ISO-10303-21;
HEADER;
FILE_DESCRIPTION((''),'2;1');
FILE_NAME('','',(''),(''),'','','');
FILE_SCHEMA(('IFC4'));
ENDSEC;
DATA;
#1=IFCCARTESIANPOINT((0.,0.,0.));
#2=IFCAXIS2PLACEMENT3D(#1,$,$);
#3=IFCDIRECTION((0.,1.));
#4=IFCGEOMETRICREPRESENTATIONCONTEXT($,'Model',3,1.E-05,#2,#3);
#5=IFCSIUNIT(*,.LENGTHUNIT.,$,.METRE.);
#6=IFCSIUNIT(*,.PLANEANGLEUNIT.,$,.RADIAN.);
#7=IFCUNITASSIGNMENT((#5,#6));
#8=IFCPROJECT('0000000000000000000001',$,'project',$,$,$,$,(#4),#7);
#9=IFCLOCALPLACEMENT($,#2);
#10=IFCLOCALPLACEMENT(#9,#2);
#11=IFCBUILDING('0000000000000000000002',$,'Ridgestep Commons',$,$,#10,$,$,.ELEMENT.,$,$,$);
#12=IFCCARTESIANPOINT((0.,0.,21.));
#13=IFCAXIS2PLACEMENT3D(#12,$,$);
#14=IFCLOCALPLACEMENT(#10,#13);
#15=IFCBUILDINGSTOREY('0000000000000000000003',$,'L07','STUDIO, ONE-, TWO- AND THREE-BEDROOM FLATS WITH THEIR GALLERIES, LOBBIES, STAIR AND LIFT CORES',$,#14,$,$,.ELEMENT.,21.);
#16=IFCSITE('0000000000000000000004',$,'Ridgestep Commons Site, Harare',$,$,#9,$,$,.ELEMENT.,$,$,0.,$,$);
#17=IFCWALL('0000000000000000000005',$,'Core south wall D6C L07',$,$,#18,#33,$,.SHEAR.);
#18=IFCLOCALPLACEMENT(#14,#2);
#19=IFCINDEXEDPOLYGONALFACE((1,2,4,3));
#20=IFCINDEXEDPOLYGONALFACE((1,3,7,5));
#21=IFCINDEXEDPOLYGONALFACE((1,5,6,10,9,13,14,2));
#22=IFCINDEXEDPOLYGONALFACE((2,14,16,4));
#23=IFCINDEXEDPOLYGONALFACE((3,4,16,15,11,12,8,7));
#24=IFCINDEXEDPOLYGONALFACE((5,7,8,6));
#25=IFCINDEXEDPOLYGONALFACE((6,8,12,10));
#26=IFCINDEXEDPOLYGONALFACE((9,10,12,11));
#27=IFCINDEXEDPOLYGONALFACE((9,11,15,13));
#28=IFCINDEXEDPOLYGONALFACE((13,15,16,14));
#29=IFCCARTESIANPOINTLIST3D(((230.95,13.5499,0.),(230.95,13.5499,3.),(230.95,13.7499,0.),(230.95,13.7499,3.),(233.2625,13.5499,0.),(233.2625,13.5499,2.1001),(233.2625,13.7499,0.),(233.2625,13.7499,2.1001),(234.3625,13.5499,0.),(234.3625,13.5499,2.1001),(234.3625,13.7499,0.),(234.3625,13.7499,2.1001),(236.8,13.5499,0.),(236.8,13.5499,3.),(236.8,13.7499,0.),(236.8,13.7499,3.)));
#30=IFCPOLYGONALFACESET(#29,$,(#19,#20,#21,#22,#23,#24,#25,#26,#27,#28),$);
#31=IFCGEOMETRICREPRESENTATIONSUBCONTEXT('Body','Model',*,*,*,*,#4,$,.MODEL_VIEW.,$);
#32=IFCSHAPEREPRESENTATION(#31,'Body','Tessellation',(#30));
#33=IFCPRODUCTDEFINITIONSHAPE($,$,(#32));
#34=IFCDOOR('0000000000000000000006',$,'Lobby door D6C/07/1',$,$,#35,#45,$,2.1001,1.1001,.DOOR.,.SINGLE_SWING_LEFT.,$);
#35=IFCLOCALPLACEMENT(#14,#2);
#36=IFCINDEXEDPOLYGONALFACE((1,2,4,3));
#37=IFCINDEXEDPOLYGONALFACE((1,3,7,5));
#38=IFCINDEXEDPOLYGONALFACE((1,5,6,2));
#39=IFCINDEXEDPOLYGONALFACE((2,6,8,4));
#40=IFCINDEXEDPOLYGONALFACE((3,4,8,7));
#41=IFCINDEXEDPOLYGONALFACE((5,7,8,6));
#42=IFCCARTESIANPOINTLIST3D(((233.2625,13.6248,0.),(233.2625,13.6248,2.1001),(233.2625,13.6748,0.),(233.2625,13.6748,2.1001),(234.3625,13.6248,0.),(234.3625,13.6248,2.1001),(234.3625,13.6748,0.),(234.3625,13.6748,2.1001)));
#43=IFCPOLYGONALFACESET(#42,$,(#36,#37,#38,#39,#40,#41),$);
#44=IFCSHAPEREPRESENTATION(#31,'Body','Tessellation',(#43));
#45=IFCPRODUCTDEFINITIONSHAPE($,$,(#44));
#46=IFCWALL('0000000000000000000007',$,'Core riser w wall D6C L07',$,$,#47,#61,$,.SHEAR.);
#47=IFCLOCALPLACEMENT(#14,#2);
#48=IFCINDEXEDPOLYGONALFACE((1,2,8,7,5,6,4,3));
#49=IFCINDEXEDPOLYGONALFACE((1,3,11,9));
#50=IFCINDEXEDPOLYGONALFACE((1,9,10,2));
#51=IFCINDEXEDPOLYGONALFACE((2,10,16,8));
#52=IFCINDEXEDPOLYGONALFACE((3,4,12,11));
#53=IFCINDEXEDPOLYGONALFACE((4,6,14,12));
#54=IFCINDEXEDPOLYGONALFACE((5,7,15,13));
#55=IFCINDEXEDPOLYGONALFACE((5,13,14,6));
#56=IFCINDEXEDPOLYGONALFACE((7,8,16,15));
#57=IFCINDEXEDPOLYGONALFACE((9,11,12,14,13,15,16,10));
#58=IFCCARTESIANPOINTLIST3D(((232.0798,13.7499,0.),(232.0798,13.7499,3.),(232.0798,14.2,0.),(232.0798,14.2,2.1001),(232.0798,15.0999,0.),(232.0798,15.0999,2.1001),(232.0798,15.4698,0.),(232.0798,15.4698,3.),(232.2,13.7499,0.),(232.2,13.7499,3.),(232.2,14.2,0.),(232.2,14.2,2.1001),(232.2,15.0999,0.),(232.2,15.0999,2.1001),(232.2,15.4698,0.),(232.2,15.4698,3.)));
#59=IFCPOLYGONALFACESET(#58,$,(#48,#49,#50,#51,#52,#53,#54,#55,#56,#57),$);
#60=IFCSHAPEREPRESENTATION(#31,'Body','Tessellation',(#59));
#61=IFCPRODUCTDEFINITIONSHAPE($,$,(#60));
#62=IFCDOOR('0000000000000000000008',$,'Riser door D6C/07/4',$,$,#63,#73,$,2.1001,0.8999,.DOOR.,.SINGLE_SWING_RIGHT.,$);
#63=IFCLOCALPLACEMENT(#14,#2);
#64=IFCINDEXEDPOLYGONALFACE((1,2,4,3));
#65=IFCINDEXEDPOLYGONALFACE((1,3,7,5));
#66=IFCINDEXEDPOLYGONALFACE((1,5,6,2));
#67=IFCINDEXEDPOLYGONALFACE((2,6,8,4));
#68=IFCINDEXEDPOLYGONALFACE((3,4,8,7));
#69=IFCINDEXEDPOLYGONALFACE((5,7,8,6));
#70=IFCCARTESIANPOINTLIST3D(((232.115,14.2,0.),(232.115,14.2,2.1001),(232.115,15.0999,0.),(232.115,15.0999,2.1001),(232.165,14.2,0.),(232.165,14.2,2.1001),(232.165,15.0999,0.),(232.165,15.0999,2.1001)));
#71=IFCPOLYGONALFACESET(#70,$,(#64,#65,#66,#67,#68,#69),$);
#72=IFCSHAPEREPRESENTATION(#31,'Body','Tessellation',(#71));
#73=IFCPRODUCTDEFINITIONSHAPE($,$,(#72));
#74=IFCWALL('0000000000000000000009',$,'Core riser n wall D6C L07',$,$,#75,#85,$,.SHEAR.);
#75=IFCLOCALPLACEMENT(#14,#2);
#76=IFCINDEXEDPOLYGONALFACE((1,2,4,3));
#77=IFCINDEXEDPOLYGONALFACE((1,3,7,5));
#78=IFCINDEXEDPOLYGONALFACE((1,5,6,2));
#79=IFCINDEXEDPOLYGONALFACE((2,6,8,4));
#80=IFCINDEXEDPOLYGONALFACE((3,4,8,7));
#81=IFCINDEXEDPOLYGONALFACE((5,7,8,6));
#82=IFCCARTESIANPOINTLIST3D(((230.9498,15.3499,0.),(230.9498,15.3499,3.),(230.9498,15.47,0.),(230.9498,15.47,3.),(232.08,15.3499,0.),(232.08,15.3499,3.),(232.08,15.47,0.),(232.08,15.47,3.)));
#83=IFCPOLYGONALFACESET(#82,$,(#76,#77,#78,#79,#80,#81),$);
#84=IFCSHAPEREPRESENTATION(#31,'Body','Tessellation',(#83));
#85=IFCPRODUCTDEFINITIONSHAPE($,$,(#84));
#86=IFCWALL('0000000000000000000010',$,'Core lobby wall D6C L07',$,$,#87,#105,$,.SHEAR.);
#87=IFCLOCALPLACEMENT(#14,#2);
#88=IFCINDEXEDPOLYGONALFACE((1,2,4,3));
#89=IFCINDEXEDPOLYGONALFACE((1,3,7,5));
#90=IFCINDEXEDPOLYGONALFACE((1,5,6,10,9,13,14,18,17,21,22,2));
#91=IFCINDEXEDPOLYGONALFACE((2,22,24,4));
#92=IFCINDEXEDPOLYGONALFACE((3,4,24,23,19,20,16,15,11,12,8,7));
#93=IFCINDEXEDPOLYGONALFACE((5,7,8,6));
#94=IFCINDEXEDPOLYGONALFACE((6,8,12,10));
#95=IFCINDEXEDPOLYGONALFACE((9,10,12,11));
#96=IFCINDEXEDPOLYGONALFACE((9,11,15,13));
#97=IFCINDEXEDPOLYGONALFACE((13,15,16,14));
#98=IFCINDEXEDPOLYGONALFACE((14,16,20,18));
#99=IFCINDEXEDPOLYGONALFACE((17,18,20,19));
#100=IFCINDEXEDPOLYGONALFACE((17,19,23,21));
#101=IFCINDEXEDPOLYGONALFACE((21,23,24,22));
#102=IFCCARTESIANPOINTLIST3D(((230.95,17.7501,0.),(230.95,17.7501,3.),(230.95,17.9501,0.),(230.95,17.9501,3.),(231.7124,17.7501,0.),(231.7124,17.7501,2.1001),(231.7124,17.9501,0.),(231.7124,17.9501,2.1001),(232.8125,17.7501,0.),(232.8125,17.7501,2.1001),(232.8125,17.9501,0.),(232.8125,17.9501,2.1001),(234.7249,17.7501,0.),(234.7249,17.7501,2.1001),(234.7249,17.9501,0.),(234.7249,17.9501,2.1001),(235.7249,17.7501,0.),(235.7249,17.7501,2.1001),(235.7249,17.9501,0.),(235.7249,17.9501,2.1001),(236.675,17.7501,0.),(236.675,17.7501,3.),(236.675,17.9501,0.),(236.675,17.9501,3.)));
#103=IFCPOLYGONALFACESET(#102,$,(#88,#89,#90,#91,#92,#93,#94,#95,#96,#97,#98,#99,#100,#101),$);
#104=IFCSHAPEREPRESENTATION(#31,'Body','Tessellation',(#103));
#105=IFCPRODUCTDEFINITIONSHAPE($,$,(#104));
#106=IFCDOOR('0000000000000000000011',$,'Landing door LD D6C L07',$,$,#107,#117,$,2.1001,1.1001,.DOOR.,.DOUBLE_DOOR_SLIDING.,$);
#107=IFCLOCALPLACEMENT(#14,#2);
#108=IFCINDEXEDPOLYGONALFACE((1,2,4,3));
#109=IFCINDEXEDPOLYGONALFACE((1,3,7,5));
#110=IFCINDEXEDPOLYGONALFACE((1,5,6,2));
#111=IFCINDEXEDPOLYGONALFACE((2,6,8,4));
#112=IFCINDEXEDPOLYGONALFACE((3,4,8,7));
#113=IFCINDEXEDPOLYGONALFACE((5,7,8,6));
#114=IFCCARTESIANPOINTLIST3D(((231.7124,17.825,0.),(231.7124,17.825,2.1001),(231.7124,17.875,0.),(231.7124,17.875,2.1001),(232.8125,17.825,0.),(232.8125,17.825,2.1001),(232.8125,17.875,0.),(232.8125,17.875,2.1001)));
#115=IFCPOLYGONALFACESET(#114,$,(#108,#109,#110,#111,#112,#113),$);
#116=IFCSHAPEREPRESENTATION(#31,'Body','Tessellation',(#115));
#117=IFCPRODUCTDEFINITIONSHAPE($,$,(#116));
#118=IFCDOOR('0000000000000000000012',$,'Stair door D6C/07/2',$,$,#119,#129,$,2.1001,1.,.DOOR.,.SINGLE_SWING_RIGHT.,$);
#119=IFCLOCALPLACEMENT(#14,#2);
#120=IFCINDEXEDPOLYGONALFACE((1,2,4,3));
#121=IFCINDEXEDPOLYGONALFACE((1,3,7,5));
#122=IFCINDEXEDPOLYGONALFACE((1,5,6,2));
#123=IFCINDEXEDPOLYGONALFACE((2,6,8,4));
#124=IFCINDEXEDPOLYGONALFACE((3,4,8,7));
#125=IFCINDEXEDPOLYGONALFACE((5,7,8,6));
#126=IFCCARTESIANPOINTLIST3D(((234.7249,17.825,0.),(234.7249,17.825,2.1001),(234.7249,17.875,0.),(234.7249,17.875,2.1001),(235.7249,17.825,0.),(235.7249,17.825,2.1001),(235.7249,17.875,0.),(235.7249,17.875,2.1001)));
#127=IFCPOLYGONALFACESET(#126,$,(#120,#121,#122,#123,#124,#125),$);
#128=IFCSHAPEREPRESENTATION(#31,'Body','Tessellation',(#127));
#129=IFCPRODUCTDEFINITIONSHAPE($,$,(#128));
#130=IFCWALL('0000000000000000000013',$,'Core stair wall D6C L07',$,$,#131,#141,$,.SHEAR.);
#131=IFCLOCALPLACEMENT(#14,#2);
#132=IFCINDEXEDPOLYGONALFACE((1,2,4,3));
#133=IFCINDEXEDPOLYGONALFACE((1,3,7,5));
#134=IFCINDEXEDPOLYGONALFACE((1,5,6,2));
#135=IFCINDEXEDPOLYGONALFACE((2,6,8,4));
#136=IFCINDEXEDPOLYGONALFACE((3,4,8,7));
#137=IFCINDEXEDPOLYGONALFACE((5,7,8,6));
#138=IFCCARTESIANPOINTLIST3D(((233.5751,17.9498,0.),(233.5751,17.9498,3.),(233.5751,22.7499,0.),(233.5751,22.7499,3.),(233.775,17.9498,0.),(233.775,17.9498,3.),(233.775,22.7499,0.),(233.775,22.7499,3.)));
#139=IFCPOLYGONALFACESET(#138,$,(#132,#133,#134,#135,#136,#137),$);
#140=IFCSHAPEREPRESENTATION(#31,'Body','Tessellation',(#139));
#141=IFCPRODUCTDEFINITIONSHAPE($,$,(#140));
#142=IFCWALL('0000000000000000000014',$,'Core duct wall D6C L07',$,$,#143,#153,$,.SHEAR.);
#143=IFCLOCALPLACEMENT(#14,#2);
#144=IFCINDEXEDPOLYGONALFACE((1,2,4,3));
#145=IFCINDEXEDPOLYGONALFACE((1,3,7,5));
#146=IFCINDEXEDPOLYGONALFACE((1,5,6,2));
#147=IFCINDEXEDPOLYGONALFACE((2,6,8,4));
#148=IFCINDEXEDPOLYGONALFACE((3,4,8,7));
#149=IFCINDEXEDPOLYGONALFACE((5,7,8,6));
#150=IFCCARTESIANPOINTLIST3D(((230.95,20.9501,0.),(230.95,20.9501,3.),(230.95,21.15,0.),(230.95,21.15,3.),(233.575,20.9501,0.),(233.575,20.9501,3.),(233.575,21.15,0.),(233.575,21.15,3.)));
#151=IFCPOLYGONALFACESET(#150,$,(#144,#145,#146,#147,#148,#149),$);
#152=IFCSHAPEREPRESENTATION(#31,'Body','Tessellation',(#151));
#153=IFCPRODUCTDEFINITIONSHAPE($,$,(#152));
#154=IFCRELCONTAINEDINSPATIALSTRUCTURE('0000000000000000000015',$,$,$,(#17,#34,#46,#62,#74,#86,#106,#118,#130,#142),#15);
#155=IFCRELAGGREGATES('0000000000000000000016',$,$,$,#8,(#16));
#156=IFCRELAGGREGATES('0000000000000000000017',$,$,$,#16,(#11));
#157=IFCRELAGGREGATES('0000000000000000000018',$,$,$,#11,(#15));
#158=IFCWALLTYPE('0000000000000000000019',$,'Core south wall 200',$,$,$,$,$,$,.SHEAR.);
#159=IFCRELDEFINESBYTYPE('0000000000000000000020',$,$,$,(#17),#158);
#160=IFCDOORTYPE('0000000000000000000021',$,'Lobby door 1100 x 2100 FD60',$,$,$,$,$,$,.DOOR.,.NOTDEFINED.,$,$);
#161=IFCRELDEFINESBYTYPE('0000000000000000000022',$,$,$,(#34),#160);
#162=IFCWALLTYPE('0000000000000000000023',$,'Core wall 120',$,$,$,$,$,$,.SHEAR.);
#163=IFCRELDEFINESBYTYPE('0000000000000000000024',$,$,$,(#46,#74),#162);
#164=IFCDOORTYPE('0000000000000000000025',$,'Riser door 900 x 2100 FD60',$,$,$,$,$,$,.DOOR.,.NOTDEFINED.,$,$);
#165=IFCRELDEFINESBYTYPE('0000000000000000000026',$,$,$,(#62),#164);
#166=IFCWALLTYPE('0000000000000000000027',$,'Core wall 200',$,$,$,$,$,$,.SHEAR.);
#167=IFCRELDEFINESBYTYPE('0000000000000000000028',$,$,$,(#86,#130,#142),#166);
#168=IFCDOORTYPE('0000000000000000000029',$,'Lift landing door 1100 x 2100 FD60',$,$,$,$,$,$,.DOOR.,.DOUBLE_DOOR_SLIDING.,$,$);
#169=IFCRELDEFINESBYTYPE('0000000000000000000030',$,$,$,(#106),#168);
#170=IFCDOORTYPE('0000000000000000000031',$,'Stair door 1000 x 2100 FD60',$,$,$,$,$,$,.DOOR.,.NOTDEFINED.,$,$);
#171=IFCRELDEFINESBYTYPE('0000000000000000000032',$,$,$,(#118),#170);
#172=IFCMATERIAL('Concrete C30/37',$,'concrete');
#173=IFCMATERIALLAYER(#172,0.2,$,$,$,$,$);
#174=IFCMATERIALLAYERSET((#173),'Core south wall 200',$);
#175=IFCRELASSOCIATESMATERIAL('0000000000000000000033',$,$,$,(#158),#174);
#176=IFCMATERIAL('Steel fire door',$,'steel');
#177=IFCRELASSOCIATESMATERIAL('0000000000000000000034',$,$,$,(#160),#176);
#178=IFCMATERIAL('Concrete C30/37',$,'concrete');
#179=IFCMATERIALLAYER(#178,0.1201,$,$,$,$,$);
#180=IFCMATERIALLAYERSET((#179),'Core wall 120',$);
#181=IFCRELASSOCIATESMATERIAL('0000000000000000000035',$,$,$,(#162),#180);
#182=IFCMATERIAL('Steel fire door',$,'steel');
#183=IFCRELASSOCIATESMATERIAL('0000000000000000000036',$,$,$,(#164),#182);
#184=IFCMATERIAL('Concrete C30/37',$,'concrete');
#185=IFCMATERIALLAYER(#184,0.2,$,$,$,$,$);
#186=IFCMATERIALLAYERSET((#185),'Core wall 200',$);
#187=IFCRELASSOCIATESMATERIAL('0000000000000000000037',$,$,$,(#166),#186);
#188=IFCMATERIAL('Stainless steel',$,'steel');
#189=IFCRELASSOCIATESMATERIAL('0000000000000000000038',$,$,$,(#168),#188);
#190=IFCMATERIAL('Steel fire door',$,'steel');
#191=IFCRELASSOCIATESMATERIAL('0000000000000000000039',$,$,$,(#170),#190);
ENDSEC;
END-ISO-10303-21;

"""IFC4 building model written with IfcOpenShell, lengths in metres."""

from ifc_helpers import new_model, si_unit, direction, frame, frame_2d, origin, place, context, subcontext, project, spatial, rectangle, extrude, material, layer, layer_set, type_object, element, fill, save


model = new_model("IFC4")

# Units and contexts
model_context = context("Model", 3, precision=1e-05, world=origin(), true_north=direction((0.0, 1.0)))
body_context = subcontext(model_context, "Body", "Model", "MODEL_VIEW")
ifc_project = project(units=[si_unit("LENGTHUNIT", "METRE"), si_unit("PLANEANGLEUNIT", "RADIAN")], contexts=[model_context])

# Site, building, storey
site_placement = place(None, origin())
site = spatial("IfcSite", under=ifc_project, at=site_placement, Name="Ridgestep Commons Site, Harare", CompositionType="ELEMENT", RefElevation=0.0)
building_placement = place(site_placement, origin())
building = spatial("IfcBuilding", under=site, at=building_placement, Name="Ridgestep Commons", CompositionType="ELEMENT")
storey_placement = place(building_placement, frame((0.0, 0.0, 21.0)))
storey = spatial("IfcBuildingStorey", under=building, at=storey_placement, Name="L07", Description="STUDIO, ONE-, TWO- AND THREE-BEDROOM FLATS WITH THEIR GALLERIES, LOBBIES, STAIR AND LIFT CORES", CompositionType="ELEMENT", Elevation=21.0)

# Walls, openings, doors
ifc_material_1 = material(Name="Concrete C30/37", Category="concrete")
ifc_layer_1 = layer(ifc_material_1, 0.2)
ifc_layer_set_1 = layer_set([ifc_layer_1], Name="Core south wall 200")
wall_type_1 = type_object("IfcWallType", Name="Core south wall 200", PredefinedType="SHEAR", material=ifc_layer_set_1)
wall_1_placement = place(storey_placement, frame((230.95, 13.6499, 0.0), z_axis=(0.0, 0.0, 1.0), x_axis=(1.0, 0.0, 0.0)))
wall_1 = element("IfcWall", 1, at=wall_1_placement, inside=storey, type_object=wall_type_1, Name="Core south wall D6C L07", PredefinedType="SHEAR", context=body_context, shape_type="SweptSolid", body=[
    extrude(rectangle(XDim=5.8501, YDim=0.2, at=frame_2d((2.925, 0.0))), origin(), (0.0, 0.0, 1.0), 3.0),
])
opening_1_placement = place(wall_1_placement, frame((2.3125, 0.0, 0.0)))
opening_1 = element("IfcOpeningElement", 2, at=opening_1_placement, cuts=wall_1, PredefinedType="OPENING", context=body_context, shape_type="SweptSolid", body=[
    extrude(rectangle(XDim=1.1001, YDim=2.1001, at=frame_2d((0.55, 1.05))), frame((0.0, 0.1099, 0.0), z_axis=(0.0, -1.0, 0.0), x_axis=(1.0, 0.0, 0.0)), (0.0, 0.0, 1.0), 0.22),
])
ifc_material_2 = material(Name="Steel fire door", Category="steel")
door_type_1 = type_object("IfcDoorType", Name="Lobby door 1100 x 2100 FD60", OperationType="NOTDEFINED", PredefinedType="DOOR", material=ifc_material_2)
door_1_placement = place(opening_1_placement, origin())
door_1 = element("IfcDoor", 3, at=door_1_placement, inside=storey, type_object=door_type_1, Name="Lobby door D6C/07/1", OperationType="SINGLE_SWING_LEFT", OverallHeight=2.1001, OverallWidth=1.1001, PredefinedType="DOOR", context=body_context, shape_type="SweptSolid", body=[
    extrude(rectangle(XDim=1.1001, YDim=2.1001, at=frame_2d((0.55, 1.05))), frame((0.0, 0.0249, 0.0), z_axis=(0.0, -1.0, 0.0), x_axis=(1.0, 0.0, 0.0)), (0.0, 0.0, 1.0), 0.05),
])
fill(opening_1, door_1)
ifc_material_3 = material(Name="Concrete C30/37", Category="concrete")
ifc_layer_2 = layer(ifc_material_3, 0.1201)
ifc_layer_set_2 = layer_set([ifc_layer_2], Name="Core wall 120")
wall_type_2 = type_object("IfcWallType", Name="Core wall 120", PredefinedType="SHEAR", material=ifc_layer_set_2)
wall_2_placement = place(storey_placement, frame((232.1399, 13.75, 0.0), z_axis=(0.0, 0.0, 1.0), x_axis=(0.0, 1.0, 0.0)))
wall_2 = element("IfcWall", 4, at=wall_2_placement, inside=storey, type_object=wall_type_2, Name="Core riser w wall D6C L07", PredefinedType="SHEAR", context=body_context, shape_type="SweptSolid", body=[
    extrude(rectangle(XDim=1.72, YDim=0.1201, at=frame_2d((0.8599, 0.0))), origin(), (0.0, 0.0, 1.0), 3.0),
])
opening_2_placement = place(wall_2_placement, frame((0.45, 0.0, 0.0)))
opening_2 = element("IfcOpeningElement", 5, at=opening_2_placement, cuts=wall_2, PredefinedType="OPENING", context=body_context, shape_type="SweptSolid", body=[
    extrude(rectangle(XDim=0.8999, YDim=2.1001, at=frame_2d((0.45, 1.05))), frame((0.0, 0.0701, 0.0), z_axis=(0.0, -1.0, 0.0), x_axis=(1.0, 0.0, 0.0)), (0.0, 0.0, 1.0), 0.1401),
])
ifc_material_4 = material(Name="Steel fire door", Category="steel")
door_type_2 = type_object("IfcDoorType", Name="Riser door 900 x 2100 FD60", OperationType="NOTDEFINED", PredefinedType="DOOR", material=ifc_material_4)
door_2_placement = place(opening_2_placement, origin())
door_2 = element("IfcDoor", 6, at=door_2_placement, inside=storey, type_object=door_type_2, Name="Riser door D6C/07/4", OperationType="SINGLE_SWING_RIGHT", OverallHeight=2.1001, OverallWidth=0.8999, PredefinedType="DOOR", context=body_context, shape_type="SweptSolid", body=[
    extrude(rectangle(XDim=0.8999, YDim=2.1001, at=frame_2d((0.45, 1.05))), frame((0.0, 0.0249, 0.0), z_axis=(0.0, -1.0, 0.0), x_axis=(1.0, 0.0, 0.0)), (0.0, 0.0, 1.0), 0.05),
])
fill(opening_2, door_2)

# Wall
wall_3_placement = place(storey_placement, frame((230.95, 15.4099, 0.0), z_axis=(0.0, 0.0, 1.0), x_axis=(1.0, 0.0, 0.0)))
element("IfcWall", 7, at=wall_3_placement, inside=storey, type_object=wall_type_2, Name="Core riser n wall D6C L07", PredefinedType="SHEAR", context=body_context, shape_type="SweptSolid", body=[
    extrude(rectangle(XDim=1.1301, YDim=0.1201, at=frame_2d((0.5649, 0.0))), origin(), (0.0, 0.0, 1.0), 3.0),
])

# Wall, openings, doors
ifc_material_5 = material(Name="Concrete C30/37", Category="concrete")
ifc_layer_3 = layer(ifc_material_5, 0.2)
ifc_layer_set_3 = layer_set([ifc_layer_3], Name="Core wall 200")
wall_type_3 = type_object("IfcWallType", Name="Core wall 200", PredefinedType="SHEAR", material=ifc_layer_set_3)
wall_4_placement = place(storey_placement, frame((230.95, 17.8501, 0.0), z_axis=(0.0, 0.0, 1.0), x_axis=(1.0, 0.0, 0.0)))
wall_4 = element("IfcWall", 8, at=wall_4_placement, inside=storey, type_object=wall_type_3, Name="Core lobby wall D6C L07", PredefinedType="SHEAR", context=body_context, shape_type="SweptSolid", body=[
    extrude(rectangle(XDim=5.7251, YDim=0.2, at=frame_2d((2.8625, 0.0))), origin(), (0.0, 0.0, 1.0), 3.0),
])
opening_3_placement = place(wall_4_placement, frame((3.7749, 0.0, 0.0)))
opening_3 = element("IfcOpeningElement", 9, at=opening_3_placement, cuts=wall_4, PredefinedType="OPENING", context=body_context, shape_type="SweptSolid", body=[
    extrude(rectangle(XDim=1.0, YDim=2.1001, at=frame_2d((0.5, 1.05))), frame((0.0, 0.1099, 0.0), z_axis=(0.0, -1.0, 0.0), x_axis=(1.0, 0.0, 0.0)), (0.0, 0.0, 1.0), 0.22),
])
opening_4_placement = place(wall_4_placement, frame((0.7625, 0.0, 0.0)))
opening_4 = element("IfcOpeningElement", 10, at=opening_4_placement, cuts=wall_4, PredefinedType="OPENING", context=body_context, shape_type="SweptSolid", body=[
    extrude(rectangle(XDim=1.1001, YDim=2.1001, at=frame_2d((0.55, 1.05))), frame((0.0, 0.1099, 0.0), z_axis=(0.0, -1.0, 0.0), x_axis=(1.0, 0.0, 0.0)), (0.0, 0.0, 1.0), 0.22),
])
ifc_material_6 = material(Name="Stainless steel", Category="steel")
door_type_3 = type_object("IfcDoorType", Name="Lift landing door 1100 x 2100 FD60", OperationType="DOUBLE_DOOR_SLIDING", PredefinedType="DOOR", material=ifc_material_6)
door_3_placement = place(opening_4_placement, origin())
door_3 = element("IfcDoor", 11, at=door_3_placement, inside=storey, type_object=door_type_3, Name="Landing door LD D6C L07", OperationType="DOUBLE_DOOR_SLIDING", OverallHeight=2.1001, OverallWidth=1.1001, PredefinedType="DOOR", context=body_context, shape_type="SweptSolid", body=[
    extrude(rectangle(XDim=1.1001, YDim=2.1001, at=frame_2d((0.55, 1.05))), frame((0.0, 0.0249, 0.0), z_axis=(0.0, -1.0, 0.0), x_axis=(1.0, 0.0, 0.0)), (0.0, 0.0, 1.0), 0.05),
])
fill(opening_4, door_3)
ifc_material_7 = material(Name="Steel fire door", Category="steel")
door_type_4 = type_object("IfcDoorType", Name="Stair door 1000 x 2100 FD60", OperationType="NOTDEFINED", PredefinedType="DOOR", material=ifc_material_7)
door_4_placement = place(opening_3_placement, origin())
door_4 = element("IfcDoor", 12, at=door_4_placement, inside=storey, type_object=door_type_4, Name="Stair door D6C/07/2", OperationType="SINGLE_SWING_RIGHT", OverallHeight=2.1001, OverallWidth=1.0, PredefinedType="DOOR", context=body_context, shape_type="SweptSolid", body=[
    extrude(rectangle(XDim=1.0, YDim=2.1001, at=frame_2d((0.5, 1.05))), frame((0.0, 0.0249, 0.0), z_axis=(0.0, -1.0, 0.0), x_axis=(1.0, 0.0, 0.0)), (0.0, 0.0, 1.0), 0.05),
])
fill(opening_3, door_4)

# Walls
wall_5_placement = place(storey_placement, frame((233.675, 17.95, 0.0), z_axis=(0.0, 0.0, 1.0), x_axis=(0.0, 1.0, 0.0)))
element("IfcWall", 13, at=wall_5_placement, inside=storey, type_object=wall_type_3, Name="Core stair wall D6C L07", PredefinedType="SHEAR", context=body_context, shape_type="SweptSolid", body=[
    extrude(rectangle(XDim=4.8, YDim=0.2, at=frame_2d((2.3999, 0.0))), origin(), (0.0, 0.0, 1.0), 3.0),
])
wall_6_placement = place(storey_placement, frame((230.95, 21.05, 0.0), z_axis=(0.0, 0.0, 1.0), x_axis=(1.0, 0.0, 0.0)))
element("IfcWall", 14, at=wall_6_placement, inside=storey, type_object=wall_type_3, Name="Core duct wall D6C L07", PredefinedType="SHEAR", context=body_context, shape_type="SweptSolid", body=[
    extrude(rectangle(XDim=2.625, YDim=0.2, at=frame_2d((1.3125, 0.0))), origin(), (0.0, 0.0, 1.0), 3.0),
])

save(model, "model.ifc")
